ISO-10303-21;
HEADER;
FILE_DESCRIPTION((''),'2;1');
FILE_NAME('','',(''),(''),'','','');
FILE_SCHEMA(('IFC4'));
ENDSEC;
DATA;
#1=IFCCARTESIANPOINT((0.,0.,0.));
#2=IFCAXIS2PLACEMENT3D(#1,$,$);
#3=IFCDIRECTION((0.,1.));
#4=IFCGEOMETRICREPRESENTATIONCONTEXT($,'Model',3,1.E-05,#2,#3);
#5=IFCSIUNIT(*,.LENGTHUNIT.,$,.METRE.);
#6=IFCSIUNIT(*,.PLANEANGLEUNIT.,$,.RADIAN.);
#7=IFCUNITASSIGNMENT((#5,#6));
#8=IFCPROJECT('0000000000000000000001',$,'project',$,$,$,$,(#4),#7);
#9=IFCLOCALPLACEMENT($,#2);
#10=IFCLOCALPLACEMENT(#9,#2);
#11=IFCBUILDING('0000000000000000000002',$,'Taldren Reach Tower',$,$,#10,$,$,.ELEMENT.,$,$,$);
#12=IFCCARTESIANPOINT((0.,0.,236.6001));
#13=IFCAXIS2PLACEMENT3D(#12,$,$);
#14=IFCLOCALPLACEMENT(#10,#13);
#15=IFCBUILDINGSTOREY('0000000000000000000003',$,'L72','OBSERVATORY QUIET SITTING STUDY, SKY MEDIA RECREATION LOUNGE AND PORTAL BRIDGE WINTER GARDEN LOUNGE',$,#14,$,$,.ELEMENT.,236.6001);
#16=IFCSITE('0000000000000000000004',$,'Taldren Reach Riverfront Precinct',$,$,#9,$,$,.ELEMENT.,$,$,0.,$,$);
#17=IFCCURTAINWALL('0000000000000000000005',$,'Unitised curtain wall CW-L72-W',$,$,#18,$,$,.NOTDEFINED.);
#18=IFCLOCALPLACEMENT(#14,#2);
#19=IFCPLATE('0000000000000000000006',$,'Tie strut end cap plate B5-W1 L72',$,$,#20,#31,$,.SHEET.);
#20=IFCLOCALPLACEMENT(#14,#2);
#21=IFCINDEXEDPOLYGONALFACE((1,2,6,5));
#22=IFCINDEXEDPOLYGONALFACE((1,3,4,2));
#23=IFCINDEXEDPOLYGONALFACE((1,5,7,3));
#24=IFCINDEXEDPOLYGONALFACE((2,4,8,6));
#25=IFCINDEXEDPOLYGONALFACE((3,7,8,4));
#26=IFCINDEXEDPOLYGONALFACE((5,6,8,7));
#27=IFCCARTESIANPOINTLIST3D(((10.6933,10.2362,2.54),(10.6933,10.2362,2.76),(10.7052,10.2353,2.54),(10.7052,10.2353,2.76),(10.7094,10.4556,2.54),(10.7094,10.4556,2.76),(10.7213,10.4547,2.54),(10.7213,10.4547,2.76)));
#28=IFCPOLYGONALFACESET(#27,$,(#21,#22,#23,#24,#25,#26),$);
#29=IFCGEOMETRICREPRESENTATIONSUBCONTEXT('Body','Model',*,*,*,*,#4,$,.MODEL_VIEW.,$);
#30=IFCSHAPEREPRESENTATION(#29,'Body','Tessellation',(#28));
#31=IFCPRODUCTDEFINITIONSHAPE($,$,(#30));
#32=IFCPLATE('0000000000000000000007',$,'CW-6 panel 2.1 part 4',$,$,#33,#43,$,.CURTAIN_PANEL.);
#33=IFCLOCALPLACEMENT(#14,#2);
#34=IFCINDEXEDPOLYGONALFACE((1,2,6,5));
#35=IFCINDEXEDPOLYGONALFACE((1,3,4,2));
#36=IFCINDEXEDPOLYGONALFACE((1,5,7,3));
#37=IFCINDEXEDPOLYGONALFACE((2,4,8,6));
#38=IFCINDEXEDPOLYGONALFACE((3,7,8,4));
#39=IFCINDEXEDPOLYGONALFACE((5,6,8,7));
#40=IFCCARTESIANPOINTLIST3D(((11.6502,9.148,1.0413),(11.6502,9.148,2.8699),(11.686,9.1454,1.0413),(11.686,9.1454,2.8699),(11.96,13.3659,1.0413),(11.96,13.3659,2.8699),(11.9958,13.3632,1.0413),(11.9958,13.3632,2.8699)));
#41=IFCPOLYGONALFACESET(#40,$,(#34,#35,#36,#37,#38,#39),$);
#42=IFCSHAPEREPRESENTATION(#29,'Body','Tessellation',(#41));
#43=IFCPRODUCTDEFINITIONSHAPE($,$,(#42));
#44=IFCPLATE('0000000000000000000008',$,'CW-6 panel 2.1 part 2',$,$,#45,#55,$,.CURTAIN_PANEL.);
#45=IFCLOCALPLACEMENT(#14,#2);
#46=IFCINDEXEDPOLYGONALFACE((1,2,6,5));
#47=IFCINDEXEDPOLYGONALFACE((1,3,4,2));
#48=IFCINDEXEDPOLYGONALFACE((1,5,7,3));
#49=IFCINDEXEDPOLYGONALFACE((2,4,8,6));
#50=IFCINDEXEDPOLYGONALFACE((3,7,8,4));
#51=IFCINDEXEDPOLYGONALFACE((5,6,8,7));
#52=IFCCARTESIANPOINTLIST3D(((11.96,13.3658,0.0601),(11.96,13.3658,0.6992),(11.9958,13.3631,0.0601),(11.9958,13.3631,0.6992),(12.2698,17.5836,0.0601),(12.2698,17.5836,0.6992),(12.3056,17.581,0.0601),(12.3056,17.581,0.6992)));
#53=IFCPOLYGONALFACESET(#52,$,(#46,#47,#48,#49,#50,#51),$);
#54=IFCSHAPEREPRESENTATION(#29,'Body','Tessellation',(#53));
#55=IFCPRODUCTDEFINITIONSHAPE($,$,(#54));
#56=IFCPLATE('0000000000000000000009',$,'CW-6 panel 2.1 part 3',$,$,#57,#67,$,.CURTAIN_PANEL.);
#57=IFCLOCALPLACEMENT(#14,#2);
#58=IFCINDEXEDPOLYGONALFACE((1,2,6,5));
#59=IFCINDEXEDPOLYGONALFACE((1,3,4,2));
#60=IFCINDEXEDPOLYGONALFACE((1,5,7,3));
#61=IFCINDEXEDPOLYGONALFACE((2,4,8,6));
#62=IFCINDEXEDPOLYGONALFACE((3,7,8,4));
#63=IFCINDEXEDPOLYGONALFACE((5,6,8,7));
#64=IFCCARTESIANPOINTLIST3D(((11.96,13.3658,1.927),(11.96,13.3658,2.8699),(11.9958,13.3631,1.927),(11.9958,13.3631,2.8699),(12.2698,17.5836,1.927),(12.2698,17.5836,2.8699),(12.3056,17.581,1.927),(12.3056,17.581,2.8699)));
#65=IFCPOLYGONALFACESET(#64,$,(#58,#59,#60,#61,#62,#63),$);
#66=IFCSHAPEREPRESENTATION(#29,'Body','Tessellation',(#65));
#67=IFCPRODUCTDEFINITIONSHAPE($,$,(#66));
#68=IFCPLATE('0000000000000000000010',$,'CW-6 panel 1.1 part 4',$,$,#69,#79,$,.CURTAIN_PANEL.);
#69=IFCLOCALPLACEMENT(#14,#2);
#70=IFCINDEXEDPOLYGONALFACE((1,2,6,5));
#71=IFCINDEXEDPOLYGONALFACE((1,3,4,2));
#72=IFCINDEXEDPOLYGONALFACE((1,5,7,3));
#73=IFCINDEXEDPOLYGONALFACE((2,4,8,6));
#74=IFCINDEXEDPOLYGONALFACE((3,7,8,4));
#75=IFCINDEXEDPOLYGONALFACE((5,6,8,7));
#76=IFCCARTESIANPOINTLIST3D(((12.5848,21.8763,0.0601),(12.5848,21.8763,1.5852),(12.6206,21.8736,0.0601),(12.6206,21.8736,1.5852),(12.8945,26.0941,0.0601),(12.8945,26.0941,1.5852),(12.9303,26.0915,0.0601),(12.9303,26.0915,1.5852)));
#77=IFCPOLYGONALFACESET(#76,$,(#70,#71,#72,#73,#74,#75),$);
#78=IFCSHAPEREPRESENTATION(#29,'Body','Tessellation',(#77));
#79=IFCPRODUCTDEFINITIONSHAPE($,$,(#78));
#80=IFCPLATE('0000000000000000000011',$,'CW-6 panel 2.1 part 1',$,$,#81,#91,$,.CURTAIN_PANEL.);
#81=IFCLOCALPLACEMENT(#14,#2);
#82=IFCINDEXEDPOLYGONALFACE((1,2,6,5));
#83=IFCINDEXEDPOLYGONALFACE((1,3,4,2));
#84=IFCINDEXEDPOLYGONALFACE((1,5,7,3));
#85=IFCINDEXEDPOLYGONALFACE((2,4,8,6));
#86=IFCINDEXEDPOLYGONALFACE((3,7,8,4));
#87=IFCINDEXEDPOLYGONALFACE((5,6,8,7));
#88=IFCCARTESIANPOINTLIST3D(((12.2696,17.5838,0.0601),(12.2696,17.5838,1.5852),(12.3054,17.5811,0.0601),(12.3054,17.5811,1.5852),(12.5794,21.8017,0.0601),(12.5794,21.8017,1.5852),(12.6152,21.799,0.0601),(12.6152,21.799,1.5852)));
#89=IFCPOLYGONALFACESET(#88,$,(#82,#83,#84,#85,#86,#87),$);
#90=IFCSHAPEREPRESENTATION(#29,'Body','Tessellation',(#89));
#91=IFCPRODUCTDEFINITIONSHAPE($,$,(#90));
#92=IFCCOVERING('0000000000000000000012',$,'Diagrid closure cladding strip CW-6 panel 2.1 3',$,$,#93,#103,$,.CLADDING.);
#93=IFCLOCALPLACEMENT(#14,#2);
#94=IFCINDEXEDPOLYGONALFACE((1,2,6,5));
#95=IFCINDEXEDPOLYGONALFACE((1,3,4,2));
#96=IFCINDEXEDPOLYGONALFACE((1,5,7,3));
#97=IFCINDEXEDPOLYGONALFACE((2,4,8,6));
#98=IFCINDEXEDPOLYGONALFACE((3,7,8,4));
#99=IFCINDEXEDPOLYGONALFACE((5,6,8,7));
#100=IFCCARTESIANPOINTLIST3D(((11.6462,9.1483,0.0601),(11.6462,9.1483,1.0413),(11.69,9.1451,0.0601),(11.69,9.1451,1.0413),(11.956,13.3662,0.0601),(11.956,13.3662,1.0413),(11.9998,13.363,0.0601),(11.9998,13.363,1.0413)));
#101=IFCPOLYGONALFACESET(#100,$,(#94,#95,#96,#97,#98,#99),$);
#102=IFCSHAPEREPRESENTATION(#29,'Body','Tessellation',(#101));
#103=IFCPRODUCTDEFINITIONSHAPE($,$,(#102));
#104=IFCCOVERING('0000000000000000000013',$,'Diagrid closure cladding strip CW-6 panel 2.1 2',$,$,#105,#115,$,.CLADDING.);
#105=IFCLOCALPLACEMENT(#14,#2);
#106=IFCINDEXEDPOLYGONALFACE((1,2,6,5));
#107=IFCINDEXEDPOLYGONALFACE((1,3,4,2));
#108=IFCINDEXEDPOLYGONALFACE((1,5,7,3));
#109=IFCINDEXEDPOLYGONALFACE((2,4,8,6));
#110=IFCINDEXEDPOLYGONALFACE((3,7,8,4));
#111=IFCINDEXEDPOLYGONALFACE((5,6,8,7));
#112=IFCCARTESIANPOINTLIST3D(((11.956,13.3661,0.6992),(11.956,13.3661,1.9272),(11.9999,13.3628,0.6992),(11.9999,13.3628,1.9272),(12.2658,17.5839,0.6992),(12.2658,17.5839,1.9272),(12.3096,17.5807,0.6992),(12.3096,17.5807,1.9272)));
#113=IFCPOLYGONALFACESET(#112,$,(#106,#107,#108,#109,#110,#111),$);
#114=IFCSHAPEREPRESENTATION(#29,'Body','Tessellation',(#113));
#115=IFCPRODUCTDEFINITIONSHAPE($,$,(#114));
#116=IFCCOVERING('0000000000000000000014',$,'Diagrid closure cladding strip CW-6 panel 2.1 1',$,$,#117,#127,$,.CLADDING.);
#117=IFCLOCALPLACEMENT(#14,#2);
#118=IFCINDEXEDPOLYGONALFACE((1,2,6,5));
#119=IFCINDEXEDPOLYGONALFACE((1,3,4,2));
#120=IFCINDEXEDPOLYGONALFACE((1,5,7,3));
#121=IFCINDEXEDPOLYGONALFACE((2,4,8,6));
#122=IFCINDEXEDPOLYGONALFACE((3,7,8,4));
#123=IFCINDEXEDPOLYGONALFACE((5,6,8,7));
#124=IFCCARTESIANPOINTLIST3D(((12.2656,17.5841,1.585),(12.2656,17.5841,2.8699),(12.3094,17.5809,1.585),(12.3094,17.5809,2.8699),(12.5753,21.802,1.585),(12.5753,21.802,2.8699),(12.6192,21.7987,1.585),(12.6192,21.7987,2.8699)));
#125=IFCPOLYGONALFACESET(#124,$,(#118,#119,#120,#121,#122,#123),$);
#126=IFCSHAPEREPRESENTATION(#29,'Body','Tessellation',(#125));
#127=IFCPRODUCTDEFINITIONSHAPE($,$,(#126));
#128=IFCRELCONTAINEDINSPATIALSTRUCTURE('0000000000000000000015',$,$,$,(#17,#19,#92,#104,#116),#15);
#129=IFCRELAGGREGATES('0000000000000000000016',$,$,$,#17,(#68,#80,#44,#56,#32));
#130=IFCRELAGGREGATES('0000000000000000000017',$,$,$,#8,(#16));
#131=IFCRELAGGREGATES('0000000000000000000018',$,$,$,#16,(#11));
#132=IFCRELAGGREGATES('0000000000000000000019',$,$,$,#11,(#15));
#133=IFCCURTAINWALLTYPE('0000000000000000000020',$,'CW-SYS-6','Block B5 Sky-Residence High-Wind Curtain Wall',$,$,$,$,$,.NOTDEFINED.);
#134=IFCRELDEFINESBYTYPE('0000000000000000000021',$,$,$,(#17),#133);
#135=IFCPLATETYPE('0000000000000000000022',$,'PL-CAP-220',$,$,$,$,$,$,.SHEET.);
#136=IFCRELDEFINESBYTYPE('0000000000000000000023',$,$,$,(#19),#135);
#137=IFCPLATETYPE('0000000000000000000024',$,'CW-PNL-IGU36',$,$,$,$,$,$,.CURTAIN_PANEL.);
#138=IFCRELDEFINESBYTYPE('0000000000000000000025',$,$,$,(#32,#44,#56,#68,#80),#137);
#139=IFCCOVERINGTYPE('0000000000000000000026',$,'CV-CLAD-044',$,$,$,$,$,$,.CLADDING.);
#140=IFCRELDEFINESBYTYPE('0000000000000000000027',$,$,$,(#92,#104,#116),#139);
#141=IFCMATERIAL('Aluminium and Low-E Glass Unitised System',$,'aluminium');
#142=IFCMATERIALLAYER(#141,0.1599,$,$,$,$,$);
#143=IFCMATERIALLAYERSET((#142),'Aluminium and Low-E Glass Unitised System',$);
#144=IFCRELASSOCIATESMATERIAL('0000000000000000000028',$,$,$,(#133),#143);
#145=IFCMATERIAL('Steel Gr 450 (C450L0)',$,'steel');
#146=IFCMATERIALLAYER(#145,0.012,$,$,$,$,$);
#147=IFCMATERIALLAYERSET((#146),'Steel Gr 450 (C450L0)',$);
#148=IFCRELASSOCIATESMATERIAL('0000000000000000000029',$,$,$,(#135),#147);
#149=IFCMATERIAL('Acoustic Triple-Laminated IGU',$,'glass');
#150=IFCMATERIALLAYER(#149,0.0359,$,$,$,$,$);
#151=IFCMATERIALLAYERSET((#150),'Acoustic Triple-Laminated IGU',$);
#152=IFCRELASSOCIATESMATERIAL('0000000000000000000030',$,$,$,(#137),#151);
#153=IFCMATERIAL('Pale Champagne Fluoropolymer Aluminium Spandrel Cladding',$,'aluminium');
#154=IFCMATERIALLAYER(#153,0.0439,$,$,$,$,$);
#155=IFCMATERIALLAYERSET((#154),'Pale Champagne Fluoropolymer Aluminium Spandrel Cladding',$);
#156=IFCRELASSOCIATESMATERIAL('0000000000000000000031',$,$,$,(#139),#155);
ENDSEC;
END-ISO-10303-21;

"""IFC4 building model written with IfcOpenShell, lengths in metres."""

from ifc_helpers import new_model, si_unit, direction, frame, origin, origin_2d, place, context, subcontext, project, spatial, rectangle, extrude, source, transform, mapped, material, layer, layer_set, type_object, element, aggregate, save


model = new_model("IFC4")

# Units and contexts
model_context = context("Model", 3, precision=1e-05, world=origin(), true_north=direction((0.0, 1.0)))
body_context = subcontext(model_context, "Body", "Model", "MODEL_VIEW")
ifc_project = project(units=[si_unit("LENGTHUNIT", "METRE"), si_unit("PLANEANGLEUNIT", "RADIAN")], contexts=[model_context])

# Site, building, storey
site_placement = place(None, origin())
site = spatial("IfcSite", under=ifc_project, at=site_placement, Name="Taldren Reach Riverfront Precinct", CompositionType="ELEMENT", RefElevation=0.0)
building_placement = place(site_placement, origin())
building = spatial("IfcBuilding", under=site, at=building_placement, Name="Taldren Reach Tower", CompositionType="ELEMENT")
storey_placement = place(building_placement, frame((0.0, 0.0, 236.6001)))
storey = spatial("IfcBuildingStorey", under=building, at=storey_placement, Name="L72", Description="OBSERVATORY QUIET SITTING STUDY, SKY MEDIA RECREATION LOUNGE AND PORTAL BRIDGE WINTER GARDEN LOUNGE", CompositionType="ELEMENT", Elevation=236.6001)

# Shared definitions
ifc_material_1 = material(Name="Steel Gr 450 (C450L0)", Category="steel")

# Curtain wall
ifc_material_2 = material(Name="Aluminium and Low-E Glass Unitised System", Category="aluminium")
ifc_layer_1 = layer(ifc_material_2, 0.1599)
ifc_layer_set_1 = layer_set([ifc_layer_1], Name="Aluminium and Low-E Glass Unitised System")
curtain_wall_type = type_object("IfcCurtainWallType", Name="CW-SYS-6", Description="Block B5 Sky-Residence High-Wind Curtain Wall", PredefinedType="NOTDEFINED", material=ifc_layer_set_1)
curtain_wall_placement = place(storey_placement, origin())
curtain_wall = element("IfcCurtainWall", 1, at=curtain_wall_placement, inside=storey, type_object=curtain_wall_type, Name="Unitised curtain wall CW-L72-W", PredefinedType="NOTDEFINED")

# Plate
ifc_layer_2 = layer(ifc_material_1, 0.012)
ifc_layer_set_2 = layer_set([ifc_layer_2], Name="Steel Gr 450 (C450L0)")
plate_type_1 = type_object("IfcPlateType", Name="PL-CAP-220", PredefinedType="SHEET", material=ifc_layer_set_2)
shared_shape_1 = source(origin(), body_context, "Body", "SweptSolid", [
    extrude(rectangle(XDim=0.012, YDim=0.22, at=origin_2d()), origin(), (0.0, 0.0, 1.0), 0.22),
])
plate_1_placement = place(storey_placement, frame((10.7073, 10.3455, 2.54), z_axis=(0.0, 0.0, 1.0), x_axis=(0.997314, -0.073238, 0.0)))
element("IfcPlate", 2, at=plate_1_placement, inside=storey, type_object=plate_type_1, Name="Tie strut end cap plate B5-W1 L72", PredefinedType="SHEET", context=body_context, shape_type="MappedRepresentation", body=[
    mapped(shared_shape_1, transform((0.0, 0.0, 0.0), scale=1.0)),
])

# Plates
ifc_material_3 = material(Name="Acoustic Triple-Laminated IGU", Category="glass")
ifc_layer_3 = layer(ifc_material_3, 0.0359)
ifc_layer_set_3 = layer_set([ifc_layer_3], Name="Acoustic Triple-Laminated IGU")
plate_type_2 = type_object("IfcPlateType", Name="CW-PNL-IGU36", PredefinedType="CURTAIN_PANEL", material=ifc_layer_set_3)
shared_shape_2 = source(origin(), body_context, "Body", "SweptSolid", [
    extrude(rectangle(XDim=4.2292, YDim=0.0359, at=origin_2d()), origin(), (0.0, 0.0, 1.0), 1.8286),
])
plate_2_placement = place(storey_placement, frame((11.823, 11.2556, 1.0413), z_axis=(0.0, 0.0, 1.0), x_axis=(-0.073238, -0.997314, 0.0)))
plate_2 = element("IfcPlate", 3, at=plate_2_placement, type_object=plate_type_2, Name="CW-6 panel 2.1 part 4", PredefinedType="CURTAIN_PANEL", context=body_context, shape_type="MappedRepresentation", body=[
    mapped(shared_shape_2, transform((0.0, 0.0, 0.0), scale=1.0)),
])
shared_shape_3 = source(origin(), body_context, "Body", "SweptSolid", [
    extrude(rectangle(XDim=4.2292, YDim=0.0359, at=origin_2d()), origin(), (0.0, 0.0, 1.0), 0.6392),
])
plate_3_placement = place(storey_placement, frame((12.1328, 15.4734, 0.0601), z_axis=(0.0, 0.0, 1.0), x_axis=(-0.073238, -0.997314, 0.0)))
plate_3 = element("IfcPlate", 4, at=plate_3_placement, type_object=plate_type_2, Name="CW-6 panel 2.1 part 2", PredefinedType="CURTAIN_PANEL", context=body_context, shape_type="MappedRepresentation", body=[
    mapped(shared_shape_3, transform((0.0, 0.0, 0.0), scale=1.0)),
])
shared_shape_4 = source(origin(), body_context, "Body", "SweptSolid", [
    extrude(rectangle(XDim=4.2292, YDim=0.0359, at=origin_2d()), origin(), (0.0, 0.0, 1.0), 0.9429),
])
plate_4_placement = place(storey_placement, frame((12.1328, 15.4734, 1.927), z_axis=(0.0, 0.0, 1.0), x_axis=(-0.073238, -0.997314, 0.0)))
plate_4 = element("IfcPlate", 5, at=plate_4_placement, type_object=plate_type_2, Name="CW-6 panel 2.1 part 3", PredefinedType="CURTAIN_PANEL", context=body_context, shape_type="MappedRepresentation", body=[
    mapped(shared_shape_4, transform((0.0, 0.0, 0.0), scale=1.0)),
])
shared_shape_5 = source(origin(), body_context, "Body", "SweptSolid", [
    extrude(rectangle(XDim=4.2292, YDim=0.0359, at=origin_2d()), origin(), (0.0, 0.0, 1.0), 1.5251),
])
plate_5_placement = place(storey_placement, frame((12.7576, 23.9839, 0.0601), z_axis=(0.0, 0.0, 1.0), x_axis=(-0.073238, -0.997314, 0.0)))
plate_5 = element("IfcPlate", 6, at=plate_5_placement, type_object=plate_type_2, Name="CW-6 panel 1.1 part 4", PredefinedType="CURTAIN_PANEL", context=body_context, shape_type="MappedRepresentation", body=[
    mapped(shared_shape_5, transform((0.0, 0.0, 0.0), scale=1.0)),
])
plate_6_placement = place(storey_placement, frame((12.4424, 19.6914, 0.0601), z_axis=(0.0, 0.0, 1.0), x_axis=(-0.073238, -0.997314, 0.0)))
plate_6 = element("IfcPlate", 7, at=plate_6_placement, type_object=plate_type_2, Name="CW-6 panel 2.1 part 1", PredefinedType="CURTAIN_PANEL", context=body_context, shape_type="MappedRepresentation", body=[
    mapped(shared_shape_5, transform((0.0, 0.0, 0.0), scale=1.0)),
])
aggregate(curtain_wall, [plate_5, plate_6, plate_3, plate_4, plate_2])

# Coverings
ifc_material_4 = material(Name="Pale Champagne Fluoropolymer Aluminium Spandrel Cladding", Category="aluminium")
ifc_layer_4 = layer(ifc_material_4, 0.0439)
ifc_layer_set_4 = layer_set([ifc_layer_4], Name="Pale Champagne Fluoropolymer Aluminium Spandrel Cladding")
covering_type = type_object("IfcCoveringType", Name="CV-CLAD-044", PredefinedType="CLADDING", material=ifc_layer_set_4)
shared_shape_6 = source(origin(), body_context, "Body", "SweptSolid", [
    extrude(rectangle(XDim=4.2292, YDim=0.0439, at=origin_2d()), origin(), (0.0, 0.0, 1.0), 0.9812),
])
covering_1_placement = place(storey_placement, frame((11.823, 11.2556, 0.0601), z_axis=(0.0, 0.0, 1.0), x_axis=(-0.073238, -0.997314, 0.0)))
element("IfcCovering", 8, at=covering_1_placement, inside=storey, type_object=covering_type, Name="Diagrid closure cladding strip CW-6 panel 2.1 3", PredefinedType="CLADDING", context=body_context, shape_type="MappedRepresentation", body=[
    mapped(shared_shape_6, transform((0.0, 0.0, 0.0), scale=1.0)),
])
shared_shape_7 = source(origin(), body_context, "Body", "SweptSolid", [
    extrude(rectangle(XDim=4.2292, YDim=0.0439, at=origin_2d()), origin(), (0.0, 0.0, 1.0), 1.228),
])
covering_2_placement = place(storey_placement, frame((12.1328, 15.4734, 0.6992), z_axis=(0.0, 0.0, 1.0), x_axis=(-0.073238, -0.997314, 0.0)))
element("IfcCovering", 9, at=covering_2_placement, inside=storey, type_object=covering_type, Name="Diagrid closure cladding strip CW-6 panel 2.1 2", PredefinedType="CLADDING", context=body_context, shape_type="MappedRepresentation", body=[
    mapped(shared_shape_7, transform((0.0, 0.0, 0.0), scale=1.0)),
])
shared_shape_8 = source(origin(), body_context, "Body", "SweptSolid", [
    extrude(rectangle(XDim=4.2292, YDim=0.0439, at=origin_2d()), origin(), (0.0, 0.0, 1.0), 1.2849),
])
covering_3_placement = place(storey_placement, frame((12.4424, 19.6914, 1.585), z_axis=(0.0, 0.0, 1.0), x_axis=(-0.073238, -0.997314, 0.0)))
element("IfcCovering", 10, at=covering_3_placement, inside=storey, type_object=covering_type, Name="Diagrid closure cladding strip CW-6 panel 2.1 1", PredefinedType="CLADDING", context=body_context, shape_type="MappedRepresentation", body=[
    mapped(shared_shape_8, transform((0.0, 0.0, 0.0), scale=1.0)),
])

save(model, "model.ifc")
